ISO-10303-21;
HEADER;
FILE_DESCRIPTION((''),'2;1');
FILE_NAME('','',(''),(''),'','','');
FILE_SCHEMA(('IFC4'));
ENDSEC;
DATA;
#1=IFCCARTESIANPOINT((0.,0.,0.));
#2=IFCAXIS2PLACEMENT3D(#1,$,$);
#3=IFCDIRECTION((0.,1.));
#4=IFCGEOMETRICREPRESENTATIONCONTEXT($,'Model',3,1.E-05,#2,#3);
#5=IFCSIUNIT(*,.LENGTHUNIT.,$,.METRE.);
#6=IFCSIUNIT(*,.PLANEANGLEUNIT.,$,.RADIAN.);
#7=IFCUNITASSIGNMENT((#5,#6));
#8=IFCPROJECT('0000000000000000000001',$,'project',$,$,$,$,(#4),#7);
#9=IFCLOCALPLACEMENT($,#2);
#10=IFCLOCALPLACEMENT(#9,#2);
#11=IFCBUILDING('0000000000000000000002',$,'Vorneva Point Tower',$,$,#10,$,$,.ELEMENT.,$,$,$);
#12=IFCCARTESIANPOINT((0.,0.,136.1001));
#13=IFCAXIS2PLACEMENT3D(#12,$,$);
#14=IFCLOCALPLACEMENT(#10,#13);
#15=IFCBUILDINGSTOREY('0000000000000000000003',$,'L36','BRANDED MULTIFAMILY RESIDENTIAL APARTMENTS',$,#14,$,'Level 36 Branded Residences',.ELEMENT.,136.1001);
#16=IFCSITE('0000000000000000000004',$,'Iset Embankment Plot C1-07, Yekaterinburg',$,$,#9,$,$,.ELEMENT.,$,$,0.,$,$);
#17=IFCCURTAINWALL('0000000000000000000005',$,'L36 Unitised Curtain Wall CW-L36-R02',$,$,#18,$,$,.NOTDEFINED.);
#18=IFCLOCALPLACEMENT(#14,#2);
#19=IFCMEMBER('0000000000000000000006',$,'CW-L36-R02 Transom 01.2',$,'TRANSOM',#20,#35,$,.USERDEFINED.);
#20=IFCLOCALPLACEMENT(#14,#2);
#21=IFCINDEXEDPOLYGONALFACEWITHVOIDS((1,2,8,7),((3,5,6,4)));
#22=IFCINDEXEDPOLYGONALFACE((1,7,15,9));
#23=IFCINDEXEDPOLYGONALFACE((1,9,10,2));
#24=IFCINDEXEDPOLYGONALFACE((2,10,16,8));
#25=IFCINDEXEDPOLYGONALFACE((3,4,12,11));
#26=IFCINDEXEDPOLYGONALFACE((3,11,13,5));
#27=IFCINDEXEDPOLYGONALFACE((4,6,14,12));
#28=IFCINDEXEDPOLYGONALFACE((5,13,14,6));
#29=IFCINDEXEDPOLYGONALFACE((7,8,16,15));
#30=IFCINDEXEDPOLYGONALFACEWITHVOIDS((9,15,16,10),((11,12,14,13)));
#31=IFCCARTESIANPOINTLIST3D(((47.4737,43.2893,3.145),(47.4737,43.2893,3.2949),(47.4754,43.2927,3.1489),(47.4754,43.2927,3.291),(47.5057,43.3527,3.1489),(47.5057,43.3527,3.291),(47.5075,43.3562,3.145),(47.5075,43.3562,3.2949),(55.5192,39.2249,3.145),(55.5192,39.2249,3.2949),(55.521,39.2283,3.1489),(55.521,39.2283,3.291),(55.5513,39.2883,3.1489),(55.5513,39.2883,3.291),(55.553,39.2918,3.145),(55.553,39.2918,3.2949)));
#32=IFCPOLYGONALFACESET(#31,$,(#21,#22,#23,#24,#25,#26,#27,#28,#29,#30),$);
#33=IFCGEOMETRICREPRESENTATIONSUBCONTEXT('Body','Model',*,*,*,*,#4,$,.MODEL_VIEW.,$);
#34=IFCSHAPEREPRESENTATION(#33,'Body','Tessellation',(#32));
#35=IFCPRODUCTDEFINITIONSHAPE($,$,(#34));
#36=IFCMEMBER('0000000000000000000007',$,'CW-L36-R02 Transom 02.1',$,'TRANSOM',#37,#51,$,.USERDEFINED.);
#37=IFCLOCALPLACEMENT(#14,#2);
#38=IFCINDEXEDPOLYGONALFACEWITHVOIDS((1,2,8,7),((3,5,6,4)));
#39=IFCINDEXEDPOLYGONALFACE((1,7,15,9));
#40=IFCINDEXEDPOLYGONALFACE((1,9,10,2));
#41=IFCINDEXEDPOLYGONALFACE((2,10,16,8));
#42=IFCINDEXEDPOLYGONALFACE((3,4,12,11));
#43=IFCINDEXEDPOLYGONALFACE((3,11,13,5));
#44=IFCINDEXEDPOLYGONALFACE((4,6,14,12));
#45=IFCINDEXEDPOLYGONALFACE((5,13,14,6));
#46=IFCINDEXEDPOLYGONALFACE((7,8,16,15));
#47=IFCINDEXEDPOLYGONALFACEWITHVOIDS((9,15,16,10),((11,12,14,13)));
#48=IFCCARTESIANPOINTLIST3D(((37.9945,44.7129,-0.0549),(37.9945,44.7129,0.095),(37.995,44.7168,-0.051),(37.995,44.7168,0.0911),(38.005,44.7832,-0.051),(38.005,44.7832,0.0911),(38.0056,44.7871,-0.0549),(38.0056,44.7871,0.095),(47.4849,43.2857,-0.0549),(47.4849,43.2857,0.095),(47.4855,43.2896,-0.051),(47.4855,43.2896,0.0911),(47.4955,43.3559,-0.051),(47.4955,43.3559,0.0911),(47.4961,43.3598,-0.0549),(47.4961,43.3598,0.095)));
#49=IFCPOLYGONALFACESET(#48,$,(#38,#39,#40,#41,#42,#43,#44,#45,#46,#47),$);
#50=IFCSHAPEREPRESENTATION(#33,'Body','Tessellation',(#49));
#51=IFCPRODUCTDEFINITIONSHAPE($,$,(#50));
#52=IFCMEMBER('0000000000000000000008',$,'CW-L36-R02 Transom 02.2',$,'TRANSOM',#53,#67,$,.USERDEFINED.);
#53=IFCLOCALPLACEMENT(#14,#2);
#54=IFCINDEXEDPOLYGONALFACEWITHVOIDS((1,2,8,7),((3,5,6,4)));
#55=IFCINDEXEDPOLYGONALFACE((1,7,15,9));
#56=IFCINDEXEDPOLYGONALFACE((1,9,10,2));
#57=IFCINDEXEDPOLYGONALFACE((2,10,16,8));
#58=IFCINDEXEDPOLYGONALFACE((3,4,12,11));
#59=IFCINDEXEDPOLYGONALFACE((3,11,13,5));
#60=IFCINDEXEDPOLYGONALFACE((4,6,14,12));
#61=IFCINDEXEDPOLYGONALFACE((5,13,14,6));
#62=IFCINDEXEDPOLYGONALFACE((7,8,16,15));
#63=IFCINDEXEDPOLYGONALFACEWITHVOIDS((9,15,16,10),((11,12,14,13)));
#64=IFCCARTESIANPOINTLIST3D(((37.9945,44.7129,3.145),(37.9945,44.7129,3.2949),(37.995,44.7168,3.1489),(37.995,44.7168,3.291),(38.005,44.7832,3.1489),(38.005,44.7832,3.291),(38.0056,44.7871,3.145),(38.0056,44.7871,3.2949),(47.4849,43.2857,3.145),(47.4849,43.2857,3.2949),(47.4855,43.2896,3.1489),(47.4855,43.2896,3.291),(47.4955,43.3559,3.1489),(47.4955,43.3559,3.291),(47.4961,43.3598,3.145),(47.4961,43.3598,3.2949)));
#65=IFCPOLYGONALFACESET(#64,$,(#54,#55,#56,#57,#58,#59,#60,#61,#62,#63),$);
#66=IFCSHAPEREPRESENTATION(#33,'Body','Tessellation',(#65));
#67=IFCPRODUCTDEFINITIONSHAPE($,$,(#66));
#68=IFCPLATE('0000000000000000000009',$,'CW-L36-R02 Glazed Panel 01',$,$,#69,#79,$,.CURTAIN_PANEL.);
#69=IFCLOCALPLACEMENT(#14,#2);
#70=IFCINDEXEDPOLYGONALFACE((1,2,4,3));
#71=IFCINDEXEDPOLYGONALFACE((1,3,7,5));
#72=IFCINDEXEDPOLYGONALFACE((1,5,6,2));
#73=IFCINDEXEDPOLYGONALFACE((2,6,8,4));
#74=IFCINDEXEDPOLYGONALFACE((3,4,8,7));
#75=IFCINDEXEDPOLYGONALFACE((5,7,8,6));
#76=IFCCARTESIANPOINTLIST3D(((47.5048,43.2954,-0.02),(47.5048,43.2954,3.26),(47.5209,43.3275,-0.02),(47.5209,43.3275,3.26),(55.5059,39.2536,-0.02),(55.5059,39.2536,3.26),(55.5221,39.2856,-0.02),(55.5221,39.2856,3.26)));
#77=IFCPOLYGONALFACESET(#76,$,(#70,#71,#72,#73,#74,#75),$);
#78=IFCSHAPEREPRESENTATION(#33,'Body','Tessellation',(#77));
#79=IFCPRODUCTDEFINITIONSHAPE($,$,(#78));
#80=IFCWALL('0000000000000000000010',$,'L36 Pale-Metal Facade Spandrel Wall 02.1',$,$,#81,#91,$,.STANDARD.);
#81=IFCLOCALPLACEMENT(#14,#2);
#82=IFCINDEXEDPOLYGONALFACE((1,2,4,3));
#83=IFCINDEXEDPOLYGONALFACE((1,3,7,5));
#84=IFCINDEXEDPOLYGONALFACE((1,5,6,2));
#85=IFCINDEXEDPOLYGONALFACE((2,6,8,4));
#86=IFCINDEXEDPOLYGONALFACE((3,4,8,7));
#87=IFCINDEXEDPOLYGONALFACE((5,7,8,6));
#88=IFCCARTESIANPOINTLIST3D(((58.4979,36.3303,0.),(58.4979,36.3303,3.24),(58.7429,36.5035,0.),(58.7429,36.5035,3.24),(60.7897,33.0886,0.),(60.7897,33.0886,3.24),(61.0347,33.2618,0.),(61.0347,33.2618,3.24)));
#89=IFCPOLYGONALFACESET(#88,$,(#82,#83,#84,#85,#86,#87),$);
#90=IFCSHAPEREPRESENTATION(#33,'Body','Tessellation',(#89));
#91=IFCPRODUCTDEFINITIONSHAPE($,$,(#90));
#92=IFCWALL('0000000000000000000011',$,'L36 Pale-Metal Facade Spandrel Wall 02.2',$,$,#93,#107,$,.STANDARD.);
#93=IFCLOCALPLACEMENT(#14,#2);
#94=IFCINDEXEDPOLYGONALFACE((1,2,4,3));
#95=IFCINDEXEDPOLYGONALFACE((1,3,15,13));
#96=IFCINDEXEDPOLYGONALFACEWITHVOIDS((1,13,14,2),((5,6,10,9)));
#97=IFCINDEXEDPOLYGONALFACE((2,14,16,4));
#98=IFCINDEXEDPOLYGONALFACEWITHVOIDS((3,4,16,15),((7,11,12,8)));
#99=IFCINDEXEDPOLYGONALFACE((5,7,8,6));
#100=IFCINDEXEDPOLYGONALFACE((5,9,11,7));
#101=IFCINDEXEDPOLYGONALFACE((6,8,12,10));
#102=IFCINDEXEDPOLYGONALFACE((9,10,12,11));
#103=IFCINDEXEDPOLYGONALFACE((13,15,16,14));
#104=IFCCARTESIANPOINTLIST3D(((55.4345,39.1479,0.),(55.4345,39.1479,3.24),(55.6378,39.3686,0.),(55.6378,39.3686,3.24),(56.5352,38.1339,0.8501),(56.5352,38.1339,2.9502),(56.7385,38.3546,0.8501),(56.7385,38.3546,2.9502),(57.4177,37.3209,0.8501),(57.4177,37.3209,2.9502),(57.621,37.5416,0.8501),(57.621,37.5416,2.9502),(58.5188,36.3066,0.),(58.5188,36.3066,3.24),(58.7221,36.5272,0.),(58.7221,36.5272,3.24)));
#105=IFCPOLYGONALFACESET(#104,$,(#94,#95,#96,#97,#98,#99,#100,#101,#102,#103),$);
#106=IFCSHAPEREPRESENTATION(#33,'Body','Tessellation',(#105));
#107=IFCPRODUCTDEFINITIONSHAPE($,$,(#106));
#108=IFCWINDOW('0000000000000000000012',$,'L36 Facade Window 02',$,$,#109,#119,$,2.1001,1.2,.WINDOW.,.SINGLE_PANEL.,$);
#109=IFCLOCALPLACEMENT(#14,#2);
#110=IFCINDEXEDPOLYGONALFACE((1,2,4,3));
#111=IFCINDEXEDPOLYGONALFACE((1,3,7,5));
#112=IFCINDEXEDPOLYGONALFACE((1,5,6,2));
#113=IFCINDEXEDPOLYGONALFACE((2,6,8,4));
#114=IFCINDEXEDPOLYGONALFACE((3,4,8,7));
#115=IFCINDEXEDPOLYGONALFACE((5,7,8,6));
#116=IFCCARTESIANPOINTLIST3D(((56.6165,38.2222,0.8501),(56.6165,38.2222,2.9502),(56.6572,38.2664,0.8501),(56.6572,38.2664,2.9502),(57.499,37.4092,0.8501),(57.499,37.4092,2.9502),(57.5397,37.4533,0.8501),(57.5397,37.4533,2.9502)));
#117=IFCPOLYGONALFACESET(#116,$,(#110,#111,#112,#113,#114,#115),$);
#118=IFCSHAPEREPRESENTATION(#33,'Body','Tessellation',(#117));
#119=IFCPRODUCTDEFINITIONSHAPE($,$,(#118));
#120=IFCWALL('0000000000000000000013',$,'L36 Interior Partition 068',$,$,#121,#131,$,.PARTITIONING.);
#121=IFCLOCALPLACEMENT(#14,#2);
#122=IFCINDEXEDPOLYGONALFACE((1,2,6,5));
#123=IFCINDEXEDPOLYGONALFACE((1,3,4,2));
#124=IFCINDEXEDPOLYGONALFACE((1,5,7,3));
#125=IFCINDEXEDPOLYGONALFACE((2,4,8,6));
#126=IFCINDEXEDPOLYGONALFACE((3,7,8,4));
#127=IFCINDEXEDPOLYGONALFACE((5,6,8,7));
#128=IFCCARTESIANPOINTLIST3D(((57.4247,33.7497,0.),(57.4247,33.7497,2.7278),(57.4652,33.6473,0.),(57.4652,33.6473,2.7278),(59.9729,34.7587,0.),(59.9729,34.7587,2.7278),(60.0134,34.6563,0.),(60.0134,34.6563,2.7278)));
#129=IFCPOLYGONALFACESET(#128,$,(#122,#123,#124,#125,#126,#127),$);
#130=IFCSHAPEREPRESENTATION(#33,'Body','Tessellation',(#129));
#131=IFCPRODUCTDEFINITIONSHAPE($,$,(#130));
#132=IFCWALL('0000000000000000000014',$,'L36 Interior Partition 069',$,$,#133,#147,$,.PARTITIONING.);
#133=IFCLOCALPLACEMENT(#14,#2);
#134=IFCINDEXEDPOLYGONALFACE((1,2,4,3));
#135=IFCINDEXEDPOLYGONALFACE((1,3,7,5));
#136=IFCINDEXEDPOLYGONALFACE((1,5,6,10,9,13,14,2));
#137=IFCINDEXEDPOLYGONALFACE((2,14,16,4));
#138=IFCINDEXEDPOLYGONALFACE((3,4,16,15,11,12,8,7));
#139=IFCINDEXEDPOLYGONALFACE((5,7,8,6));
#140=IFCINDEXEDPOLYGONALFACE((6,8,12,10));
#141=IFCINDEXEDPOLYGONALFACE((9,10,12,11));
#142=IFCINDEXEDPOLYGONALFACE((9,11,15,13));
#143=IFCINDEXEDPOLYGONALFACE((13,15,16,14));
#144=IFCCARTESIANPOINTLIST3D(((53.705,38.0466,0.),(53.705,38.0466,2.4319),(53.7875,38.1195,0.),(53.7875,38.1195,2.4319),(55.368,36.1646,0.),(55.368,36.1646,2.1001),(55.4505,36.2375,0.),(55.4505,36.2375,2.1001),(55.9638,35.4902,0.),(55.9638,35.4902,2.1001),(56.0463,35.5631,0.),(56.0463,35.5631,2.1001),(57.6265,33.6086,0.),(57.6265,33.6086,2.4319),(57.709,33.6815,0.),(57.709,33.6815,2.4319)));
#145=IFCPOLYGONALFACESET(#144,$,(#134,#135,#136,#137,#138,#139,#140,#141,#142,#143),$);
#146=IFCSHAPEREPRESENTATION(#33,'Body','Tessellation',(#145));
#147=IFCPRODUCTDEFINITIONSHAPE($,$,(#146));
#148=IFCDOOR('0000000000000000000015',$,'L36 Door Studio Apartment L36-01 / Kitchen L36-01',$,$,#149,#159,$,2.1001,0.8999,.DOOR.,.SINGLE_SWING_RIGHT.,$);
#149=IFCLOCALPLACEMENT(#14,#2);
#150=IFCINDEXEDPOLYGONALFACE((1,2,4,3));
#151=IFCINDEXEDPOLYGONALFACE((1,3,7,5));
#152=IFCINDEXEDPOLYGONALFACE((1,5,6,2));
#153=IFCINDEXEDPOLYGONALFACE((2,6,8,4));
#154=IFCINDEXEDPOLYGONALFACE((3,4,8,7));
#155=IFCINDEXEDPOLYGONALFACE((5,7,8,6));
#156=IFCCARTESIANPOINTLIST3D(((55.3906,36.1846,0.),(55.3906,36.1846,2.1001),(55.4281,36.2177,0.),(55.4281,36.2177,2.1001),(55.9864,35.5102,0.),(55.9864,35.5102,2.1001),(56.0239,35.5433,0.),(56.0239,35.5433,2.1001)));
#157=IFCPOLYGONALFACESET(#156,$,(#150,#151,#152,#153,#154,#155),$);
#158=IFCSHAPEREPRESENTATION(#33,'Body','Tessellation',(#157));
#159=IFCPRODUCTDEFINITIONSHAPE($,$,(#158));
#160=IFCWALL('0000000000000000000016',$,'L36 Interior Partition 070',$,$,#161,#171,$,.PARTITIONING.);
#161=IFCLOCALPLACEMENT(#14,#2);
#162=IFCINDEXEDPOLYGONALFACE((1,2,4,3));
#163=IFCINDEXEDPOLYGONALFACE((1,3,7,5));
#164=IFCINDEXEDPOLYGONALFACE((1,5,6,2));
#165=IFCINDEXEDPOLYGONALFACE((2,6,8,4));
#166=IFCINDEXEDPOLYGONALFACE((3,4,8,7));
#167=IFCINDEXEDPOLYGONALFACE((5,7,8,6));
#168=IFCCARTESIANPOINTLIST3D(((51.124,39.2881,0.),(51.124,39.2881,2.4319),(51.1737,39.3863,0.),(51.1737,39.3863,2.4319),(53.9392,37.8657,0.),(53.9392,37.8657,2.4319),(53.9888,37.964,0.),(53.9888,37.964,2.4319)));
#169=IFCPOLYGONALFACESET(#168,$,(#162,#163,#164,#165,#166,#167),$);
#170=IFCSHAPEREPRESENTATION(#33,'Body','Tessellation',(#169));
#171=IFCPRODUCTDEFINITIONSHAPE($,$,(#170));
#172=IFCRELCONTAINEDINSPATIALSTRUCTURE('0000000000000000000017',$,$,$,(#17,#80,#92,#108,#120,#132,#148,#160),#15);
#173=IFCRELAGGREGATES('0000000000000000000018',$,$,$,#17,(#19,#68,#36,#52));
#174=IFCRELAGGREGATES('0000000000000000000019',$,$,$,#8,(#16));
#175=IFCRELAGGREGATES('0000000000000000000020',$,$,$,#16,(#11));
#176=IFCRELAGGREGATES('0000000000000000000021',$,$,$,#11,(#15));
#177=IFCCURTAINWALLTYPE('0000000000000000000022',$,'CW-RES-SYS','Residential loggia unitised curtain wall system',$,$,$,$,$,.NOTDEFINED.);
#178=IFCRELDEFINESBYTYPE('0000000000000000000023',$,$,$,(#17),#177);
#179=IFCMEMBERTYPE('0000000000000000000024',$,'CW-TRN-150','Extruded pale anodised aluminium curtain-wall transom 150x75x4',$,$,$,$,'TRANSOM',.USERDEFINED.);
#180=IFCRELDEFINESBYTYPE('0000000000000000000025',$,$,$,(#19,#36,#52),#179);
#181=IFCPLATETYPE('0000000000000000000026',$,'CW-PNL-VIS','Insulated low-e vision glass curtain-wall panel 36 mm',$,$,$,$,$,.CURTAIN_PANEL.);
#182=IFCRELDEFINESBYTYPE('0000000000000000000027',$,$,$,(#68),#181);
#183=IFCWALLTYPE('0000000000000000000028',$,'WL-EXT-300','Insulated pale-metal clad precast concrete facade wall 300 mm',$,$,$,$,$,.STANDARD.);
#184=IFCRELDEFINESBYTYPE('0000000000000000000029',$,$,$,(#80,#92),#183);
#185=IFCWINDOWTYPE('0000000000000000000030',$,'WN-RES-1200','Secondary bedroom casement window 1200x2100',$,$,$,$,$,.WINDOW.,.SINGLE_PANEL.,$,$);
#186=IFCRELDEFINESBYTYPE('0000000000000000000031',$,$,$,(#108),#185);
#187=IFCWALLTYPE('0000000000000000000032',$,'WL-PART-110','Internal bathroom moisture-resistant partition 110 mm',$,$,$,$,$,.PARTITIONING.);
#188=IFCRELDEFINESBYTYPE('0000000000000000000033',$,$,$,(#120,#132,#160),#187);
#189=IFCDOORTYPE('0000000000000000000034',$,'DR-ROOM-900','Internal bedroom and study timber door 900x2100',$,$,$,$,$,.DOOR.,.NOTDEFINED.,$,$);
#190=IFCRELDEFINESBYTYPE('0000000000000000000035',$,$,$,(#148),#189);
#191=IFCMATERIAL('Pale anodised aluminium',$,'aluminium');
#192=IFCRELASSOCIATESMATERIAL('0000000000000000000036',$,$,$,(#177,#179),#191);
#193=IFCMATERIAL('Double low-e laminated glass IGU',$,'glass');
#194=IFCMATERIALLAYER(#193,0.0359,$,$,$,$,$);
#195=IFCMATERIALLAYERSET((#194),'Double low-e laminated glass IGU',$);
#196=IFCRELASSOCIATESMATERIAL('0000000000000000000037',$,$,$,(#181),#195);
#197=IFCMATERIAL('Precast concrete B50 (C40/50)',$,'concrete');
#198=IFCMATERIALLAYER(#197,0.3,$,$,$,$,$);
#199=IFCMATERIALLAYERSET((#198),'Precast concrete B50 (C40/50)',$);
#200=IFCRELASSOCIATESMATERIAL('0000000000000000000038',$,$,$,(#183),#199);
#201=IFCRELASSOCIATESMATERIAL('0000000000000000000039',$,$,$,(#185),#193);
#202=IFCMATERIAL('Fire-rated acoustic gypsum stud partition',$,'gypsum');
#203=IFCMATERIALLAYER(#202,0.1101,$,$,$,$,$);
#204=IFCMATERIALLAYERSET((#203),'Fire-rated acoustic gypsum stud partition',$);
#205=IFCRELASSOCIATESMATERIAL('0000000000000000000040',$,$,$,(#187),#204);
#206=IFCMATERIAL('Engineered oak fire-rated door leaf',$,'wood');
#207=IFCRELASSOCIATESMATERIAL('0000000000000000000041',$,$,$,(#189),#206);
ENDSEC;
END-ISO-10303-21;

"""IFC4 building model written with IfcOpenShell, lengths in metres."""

from ifc_helpers import new_model, si_unit, direction, frame, frame_2d, origin, origin_2d, place, context, subcontext, project, spatial, rectangle, hollow_rectangle, extrude, material, layer, layer_set, material_profile, profile_set, type_object, element, fill, aggregate, save


model = new_model("IFC4")

# Units and contexts
model_context = context("Model", 3, precision=1e-05, world=origin(), true_north=direction((0.0, 1.0)))
body_context = subcontext(model_context, "Body", "Model", "MODEL_VIEW")
ifc_project = project(units=[si_unit("LENGTHUNIT", "METRE"), si_unit("PLANEANGLEUNIT", "RADIAN")], contexts=[model_context])

# Site, building, storey
site_placement = place(None, origin())
site = spatial("IfcSite", under=ifc_project, at=site_placement, Name="Iset Embankment Plot C1-07, Yekaterinburg", CompositionType="ELEMENT", RefElevation=0.0)
building_placement = place(site_placement, origin())
building = spatial("IfcBuilding", under=site, at=building_placement, Name="Vorneva Point Tower", CompositionType="ELEMENT")
storey_placement = place(building_placement, frame((0.0, 0.0, 136.1001)))
storey = spatial("IfcBuildingStorey", under=building, at=storey_placement, Name="L36", Description="BRANDED MULTIFAMILY RESIDENTIAL APARTMENTS", LongName="Level 36 Branded Residences", CompositionType="ELEMENT", Elevation=136.1001)

# Shared definitions
ifc_material_1 = material(Name="Pale anodised aluminium", Category="aluminium")
curtain_wall_type = type_object("IfcCurtainWallType", Name="CW-RES-SYS", Description="Residential loggia unitised curtain wall system", PredefinedType="NOTDEFINED", material=ifc_material_1)

# Curtain wall, members, plate
curtain_wall_1_placement = place(storey_placement, origin())
curtain_wall_1 = element("IfcCurtainWall", 1, at=curtain_wall_1_placement, inside=storey, type_object=curtain_wall_type, Name="L36 Unitised Curtain Wall CW-L36-R02", PredefinedType="NOTDEFINED")
ifc_material_profile_1 = material_profile(ifc_material_1, hollow_rectangle(XDim=0.075, YDim=0.1499, WallThickness=0.0039, at=origin_2d()), Name="AL-TRN 150x75x4")
ifc_profile_set_1 = profile_set([ifc_material_profile_1], Name="Pale anodised aluminium")
member_type_1 = type_object("IfcMemberType", Name="CW-TRN-150", Description="Extruded pale anodised aluminium curtain-wall transom 150x75x4", ElementType="TRANSOM", PredefinedType="USERDEFINED", material=ifc_profile_set_1)
member_1_placement = place(storey_placement, frame((55.5361, 39.2583, 3.22), z_axis=(-0.892572, 0.450904, 0.0), x_axis=(-0.450904, -0.892572, 0.0)))
member_1 = element("IfcMember", 2, at=member_1_placement, type_object=member_type_1, Name="CW-L36-R02 Transom 01.2", ObjectType="TRANSOM", PredefinedType="USERDEFINED", context=body_context, shape_type="SweptSolid", body=[
    extrude(hollow_rectangle(XDim=0.075, YDim=0.1499, WallThickness=0.0039, at=origin_2d()), origin(), (0.0, 0.0, 1.0), 9.0139),
])
member_2_placement = place(storey_placement, frame((47.4905, 43.3228, 0.02), z_axis=(-0.98888, 0.148715, 0.0), x_axis=(-0.148715, -0.98888, 0.0)))
member_2 = element("IfcMember", 3, at=member_2_placement, type_object=member_type_1, Name="CW-L36-R02 Transom 02.1", ObjectType="TRANSOM", PredefinedType="USERDEFINED", context=body_context, shape_type="SweptSolid", body=[
    extrude(hollow_rectangle(XDim=0.075, YDim=0.1499, WallThickness=0.0039, at=origin_2d()), origin(), (0.0, 0.0, 1.0), 9.5972),
])
member_3_placement = place(storey_placement, frame((47.4905, 43.3228, 3.22), z_axis=(-0.98888, 0.148715, 0.0), x_axis=(-0.148715, -0.98888, 0.0)))
member_3 = element("IfcMember", 4, at=member_3_placement, type_object=member_type_1, Name="CW-L36-R02 Transom 02.2", ObjectType="TRANSOM", PredefinedType="USERDEFINED", context=body_context, shape_type="SweptSolid", body=[
    extrude(hollow_rectangle(XDim=0.075, YDim=0.1499, WallThickness=0.0039, at=origin_2d()), origin(), (0.0, 0.0, 1.0), 9.5972),
])
ifc_material_2 = material(Name="Double low-e laminated glass IGU", Category="glass")
ifc_layer_1 = layer(ifc_material_2, 0.0359)
ifc_layer_set_1 = layer_set([ifc_layer_1], Name="Double low-e laminated glass IGU")
plate_type = type_object("IfcPlateType", Name="CW-PNL-VIS", Description="Insulated low-e vision glass curtain-wall panel 36 mm", PredefinedType="CURTAIN_PANEL", material=ifc_layer_set_1)
plate_placement = place(storey_placement, frame((51.5134, 41.2905, -0.02), z_axis=(0.0, 0.0, 1.0), x_axis=(-0.892578, 0.450893, 0.0)))
plate = element("IfcPlate", 5, at=plate_placement, type_object=plate_type, Name="CW-L36-R02 Glazed Panel 01", PredefinedType="CURTAIN_PANEL", context=body_context, shape_type="SweptSolid", body=[
    extrude(rectangle(XDim=8.9641, YDim=0.0359, at=origin_2d()), origin(), (0.0, 0.0, 1.0), 3.28),
])
aggregate(curtain_wall_1, [member_1, plate, member_2, member_3])

# Wall
ifc_material_3 = material(Name="Precast concrete B50 (C40/50)", Category="concrete")
ifc_layer_2 = layer(ifc_material_3, 0.3)
ifc_layer_set_2 = layer_set([ifc_layer_2], Name="Precast concrete B50 (C40/50)")
wall_type_1 = type_object("IfcWallType", Name="WL-EXT-300", Description="Insulated pale-metal clad precast concrete facade wall 300 mm", PredefinedType="STANDARD", material=ifc_layer_set_2)
wall_1_placement = place(storey_placement, frame((60.9121, 33.1753, 0.0), z_axis=(0.0, 0.0, 1.0), x_axis=(-0.57727, 0.816554, 0.0)))
element("IfcWall", 6, at=wall_1_placement, inside=storey, type_object=wall_type_1, Name="L36 Pale-Metal Facade Spandrel Wall 02.1", PredefinedType="STANDARD", context=body_context, shape_type="SweptSolid", body=[
    extrude(rectangle(XDim=3.97, YDim=0.3, at=frame_2d((1.9849, 0.0))), origin(), (0.0, 0.0, 1.0), 3.24),
])

# Wall, opening, window
wall_2_placement = place(storey_placement, frame((58.6204, 36.417, 0.0), z_axis=(0.0, 0.0, 1.0), x_axis=(-0.735477, 0.67755, 0.0)))
wall_2 = element("IfcWall", 7, at=wall_2_placement, inside=storey, type_object=wall_type_1, Name="L36 Pale-Metal Facade Spandrel Wall 02.2", PredefinedType="STANDARD", context=body_context, shape_type="SweptSolid", body=[
    extrude(rectangle(XDim=4.1936, YDim=0.3, at=frame_2d((2.0967, 0.0))), origin(), (0.0, 0.0, 1.0), 3.24),
])
opening_1_placement = place(wall_2_placement, frame((1.4968, 0.0, 0.8501)))
opening_1 = element("IfcOpeningElement", 8, at=opening_1_placement, cuts=wall_2, PredefinedType="OPENING", context=body_context, shape_type="SweptSolid", body=[
    extrude(rectangle(XDim=1.2, YDim=2.1001, at=frame_2d((0.6001, 1.05))), frame((0.0, 0.165, 0.0), z_axis=(0.0, -1.0, 0.0), x_axis=(1.0, 0.0, 0.0)), (0.0, 0.0, 1.0), 0.3298),
])
window_type = type_object("IfcWindowType", Name="WN-RES-1200", Description="Secondary bedroom casement window 1200x2100", PartitioningType="SINGLE_PANEL", PredefinedType="WINDOW", material=ifc_material_2)
window_placement = place(opening_1_placement, origin())
window = element("IfcWindow", 9, at=window_placement, inside=storey, type_object=window_type, Name="L36 Facade Window 02", OverallHeight=2.1001, OverallWidth=1.2, PartitioningType="SINGLE_PANEL", PredefinedType="WINDOW", context=body_context, shape_type="SweptSolid", body=[
    extrude(rectangle(XDim=1.2, YDim=2.1001, at=frame_2d((0.6001, 1.05))), frame((0.0, 0.03, 0.0), z_axis=(0.0, -1.0, 0.0), x_axis=(1.0, 0.0, 0.0)), (0.0, 0.0, 1.0), 0.0601),
])
fill(opening_1, window)

# Wall
ifc_material_4 = material(Name="Fire-rated acoustic gypsum stud partition", Category="gypsum")
ifc_layer_3 = layer(ifc_material_4, 0.1101)
ifc_layer_set_3 = layer_set([ifc_layer_3], Name="Fire-rated acoustic gypsum stud partition")
wall_type_2 = type_object("IfcWallType", Name="WL-PART-110", Description="Internal bathroom moisture-resistant partition 110 mm", PredefinedType="PARTITIONING", material=ifc_layer_set_3)
wall_3_placement = place(storey_placement, frame((59.9932, 34.7075, 0.0), z_axis=(0.0, 0.0, 1.0), x_axis=(-0.929767, -0.368148, 0.0)))
element("IfcWall", 10, at=wall_3_placement, inside=storey, type_object=wall_type_2, Name="L36 Interior Partition 068", PredefinedType="PARTITIONING", context=body_context, shape_type="SweptSolid", body=[
    extrude(rectangle(XDim=2.7407, YDim=0.1101, at=frame_2d((1.3704, 0.0))), origin(), (0.0, 0.0, 1.0), 2.7278),
])

# Wall, opening, door
wall_4_placement = place(storey_placement, frame((57.6677, 33.645, 0.0), z_axis=(0.0, 0.0, 1.0), x_axis=(-0.662145, 0.749376, 0.0)))
wall_4 = element("IfcWall", 11, at=wall_4_placement, inside=storey, type_object=wall_type_2, Name="L36 Interior Partition 069", PredefinedType="PARTITIONING", context=body_context, shape_type="SweptSolid", body=[
    extrude(rectangle(XDim=5.9224, YDim=0.1101, at=frame_2d((2.9612, 0.0))), origin(), (0.0, 0.0, 1.0), 2.4319),
])
opening_2_placement = place(wall_4_placement, frame((2.511, 0.0, 0.0)))
opening_2 = element("IfcOpeningElement", 12, at=opening_2_placement, cuts=wall_4, PredefinedType="OPENING", context=body_context, shape_type="SweptSolid", body=[
    extrude(rectangle(XDim=0.8999, YDim=2.1001, at=frame_2d((0.45, 1.05))), frame((0.0, 0.0698, 0.0), z_axis=(0.0, -1.0, 0.0), x_axis=(1.0, 0.0, 0.0)), (0.0, 0.0, 1.0), 0.1399),
])
ifc_material_5 = material(Name="Engineered oak fire-rated door leaf", Category="wood")
door_type = type_object("IfcDoorType", Name="DR-ROOM-900", Description="Internal bedroom and study timber door 900x2100", OperationType="NOTDEFINED", PredefinedType="DOOR", material=ifc_material_5)
door_placement = place(opening_2_placement, origin())
door = element("IfcDoor", 13, at=door_placement, inside=storey, type_object=door_type, Name="L36 Door Studio Apartment L36-01 / Kitchen L36-01", OperationType="SINGLE_SWING_RIGHT", OverallHeight=2.1001, OverallWidth=0.8999, PredefinedType="DOOR", context=body_context, shape_type="SweptSolid", body=[
    extrude(rectangle(XDim=0.8999, YDim=2.1001, at=frame_2d((0.45, 1.05))), frame((0.0, 0.0249, 0.0), z_axis=(0.0, -1.0, 0.0), x_axis=(1.0, 0.0, 0.0)), (0.0, 0.0, 1.0), 0.05),
])
fill(opening_2, door)

# Wall
wall_5_placement = place(storey_placement, frame((53.9641, 37.9148, 0.0), z_axis=(0.0, 0.0, 1.0), x_axis=(-0.892546, 0.450956, 0.0)))
element("IfcWall", 14, at=wall_5_placement, inside=storey, type_object=wall_type_2, Name="L36 Interior Partition 070", PredefinedType="PARTITIONING", context=body_context, shape_type="SweptSolid", body=[
    extrude(rectangle(XDim=3.1541, YDim=0.1101, at=frame_2d((1.5771, 0.0))), origin(), (0.0, 0.0, 1.0), 2.4319),
])

save(model, "model.ifc")
